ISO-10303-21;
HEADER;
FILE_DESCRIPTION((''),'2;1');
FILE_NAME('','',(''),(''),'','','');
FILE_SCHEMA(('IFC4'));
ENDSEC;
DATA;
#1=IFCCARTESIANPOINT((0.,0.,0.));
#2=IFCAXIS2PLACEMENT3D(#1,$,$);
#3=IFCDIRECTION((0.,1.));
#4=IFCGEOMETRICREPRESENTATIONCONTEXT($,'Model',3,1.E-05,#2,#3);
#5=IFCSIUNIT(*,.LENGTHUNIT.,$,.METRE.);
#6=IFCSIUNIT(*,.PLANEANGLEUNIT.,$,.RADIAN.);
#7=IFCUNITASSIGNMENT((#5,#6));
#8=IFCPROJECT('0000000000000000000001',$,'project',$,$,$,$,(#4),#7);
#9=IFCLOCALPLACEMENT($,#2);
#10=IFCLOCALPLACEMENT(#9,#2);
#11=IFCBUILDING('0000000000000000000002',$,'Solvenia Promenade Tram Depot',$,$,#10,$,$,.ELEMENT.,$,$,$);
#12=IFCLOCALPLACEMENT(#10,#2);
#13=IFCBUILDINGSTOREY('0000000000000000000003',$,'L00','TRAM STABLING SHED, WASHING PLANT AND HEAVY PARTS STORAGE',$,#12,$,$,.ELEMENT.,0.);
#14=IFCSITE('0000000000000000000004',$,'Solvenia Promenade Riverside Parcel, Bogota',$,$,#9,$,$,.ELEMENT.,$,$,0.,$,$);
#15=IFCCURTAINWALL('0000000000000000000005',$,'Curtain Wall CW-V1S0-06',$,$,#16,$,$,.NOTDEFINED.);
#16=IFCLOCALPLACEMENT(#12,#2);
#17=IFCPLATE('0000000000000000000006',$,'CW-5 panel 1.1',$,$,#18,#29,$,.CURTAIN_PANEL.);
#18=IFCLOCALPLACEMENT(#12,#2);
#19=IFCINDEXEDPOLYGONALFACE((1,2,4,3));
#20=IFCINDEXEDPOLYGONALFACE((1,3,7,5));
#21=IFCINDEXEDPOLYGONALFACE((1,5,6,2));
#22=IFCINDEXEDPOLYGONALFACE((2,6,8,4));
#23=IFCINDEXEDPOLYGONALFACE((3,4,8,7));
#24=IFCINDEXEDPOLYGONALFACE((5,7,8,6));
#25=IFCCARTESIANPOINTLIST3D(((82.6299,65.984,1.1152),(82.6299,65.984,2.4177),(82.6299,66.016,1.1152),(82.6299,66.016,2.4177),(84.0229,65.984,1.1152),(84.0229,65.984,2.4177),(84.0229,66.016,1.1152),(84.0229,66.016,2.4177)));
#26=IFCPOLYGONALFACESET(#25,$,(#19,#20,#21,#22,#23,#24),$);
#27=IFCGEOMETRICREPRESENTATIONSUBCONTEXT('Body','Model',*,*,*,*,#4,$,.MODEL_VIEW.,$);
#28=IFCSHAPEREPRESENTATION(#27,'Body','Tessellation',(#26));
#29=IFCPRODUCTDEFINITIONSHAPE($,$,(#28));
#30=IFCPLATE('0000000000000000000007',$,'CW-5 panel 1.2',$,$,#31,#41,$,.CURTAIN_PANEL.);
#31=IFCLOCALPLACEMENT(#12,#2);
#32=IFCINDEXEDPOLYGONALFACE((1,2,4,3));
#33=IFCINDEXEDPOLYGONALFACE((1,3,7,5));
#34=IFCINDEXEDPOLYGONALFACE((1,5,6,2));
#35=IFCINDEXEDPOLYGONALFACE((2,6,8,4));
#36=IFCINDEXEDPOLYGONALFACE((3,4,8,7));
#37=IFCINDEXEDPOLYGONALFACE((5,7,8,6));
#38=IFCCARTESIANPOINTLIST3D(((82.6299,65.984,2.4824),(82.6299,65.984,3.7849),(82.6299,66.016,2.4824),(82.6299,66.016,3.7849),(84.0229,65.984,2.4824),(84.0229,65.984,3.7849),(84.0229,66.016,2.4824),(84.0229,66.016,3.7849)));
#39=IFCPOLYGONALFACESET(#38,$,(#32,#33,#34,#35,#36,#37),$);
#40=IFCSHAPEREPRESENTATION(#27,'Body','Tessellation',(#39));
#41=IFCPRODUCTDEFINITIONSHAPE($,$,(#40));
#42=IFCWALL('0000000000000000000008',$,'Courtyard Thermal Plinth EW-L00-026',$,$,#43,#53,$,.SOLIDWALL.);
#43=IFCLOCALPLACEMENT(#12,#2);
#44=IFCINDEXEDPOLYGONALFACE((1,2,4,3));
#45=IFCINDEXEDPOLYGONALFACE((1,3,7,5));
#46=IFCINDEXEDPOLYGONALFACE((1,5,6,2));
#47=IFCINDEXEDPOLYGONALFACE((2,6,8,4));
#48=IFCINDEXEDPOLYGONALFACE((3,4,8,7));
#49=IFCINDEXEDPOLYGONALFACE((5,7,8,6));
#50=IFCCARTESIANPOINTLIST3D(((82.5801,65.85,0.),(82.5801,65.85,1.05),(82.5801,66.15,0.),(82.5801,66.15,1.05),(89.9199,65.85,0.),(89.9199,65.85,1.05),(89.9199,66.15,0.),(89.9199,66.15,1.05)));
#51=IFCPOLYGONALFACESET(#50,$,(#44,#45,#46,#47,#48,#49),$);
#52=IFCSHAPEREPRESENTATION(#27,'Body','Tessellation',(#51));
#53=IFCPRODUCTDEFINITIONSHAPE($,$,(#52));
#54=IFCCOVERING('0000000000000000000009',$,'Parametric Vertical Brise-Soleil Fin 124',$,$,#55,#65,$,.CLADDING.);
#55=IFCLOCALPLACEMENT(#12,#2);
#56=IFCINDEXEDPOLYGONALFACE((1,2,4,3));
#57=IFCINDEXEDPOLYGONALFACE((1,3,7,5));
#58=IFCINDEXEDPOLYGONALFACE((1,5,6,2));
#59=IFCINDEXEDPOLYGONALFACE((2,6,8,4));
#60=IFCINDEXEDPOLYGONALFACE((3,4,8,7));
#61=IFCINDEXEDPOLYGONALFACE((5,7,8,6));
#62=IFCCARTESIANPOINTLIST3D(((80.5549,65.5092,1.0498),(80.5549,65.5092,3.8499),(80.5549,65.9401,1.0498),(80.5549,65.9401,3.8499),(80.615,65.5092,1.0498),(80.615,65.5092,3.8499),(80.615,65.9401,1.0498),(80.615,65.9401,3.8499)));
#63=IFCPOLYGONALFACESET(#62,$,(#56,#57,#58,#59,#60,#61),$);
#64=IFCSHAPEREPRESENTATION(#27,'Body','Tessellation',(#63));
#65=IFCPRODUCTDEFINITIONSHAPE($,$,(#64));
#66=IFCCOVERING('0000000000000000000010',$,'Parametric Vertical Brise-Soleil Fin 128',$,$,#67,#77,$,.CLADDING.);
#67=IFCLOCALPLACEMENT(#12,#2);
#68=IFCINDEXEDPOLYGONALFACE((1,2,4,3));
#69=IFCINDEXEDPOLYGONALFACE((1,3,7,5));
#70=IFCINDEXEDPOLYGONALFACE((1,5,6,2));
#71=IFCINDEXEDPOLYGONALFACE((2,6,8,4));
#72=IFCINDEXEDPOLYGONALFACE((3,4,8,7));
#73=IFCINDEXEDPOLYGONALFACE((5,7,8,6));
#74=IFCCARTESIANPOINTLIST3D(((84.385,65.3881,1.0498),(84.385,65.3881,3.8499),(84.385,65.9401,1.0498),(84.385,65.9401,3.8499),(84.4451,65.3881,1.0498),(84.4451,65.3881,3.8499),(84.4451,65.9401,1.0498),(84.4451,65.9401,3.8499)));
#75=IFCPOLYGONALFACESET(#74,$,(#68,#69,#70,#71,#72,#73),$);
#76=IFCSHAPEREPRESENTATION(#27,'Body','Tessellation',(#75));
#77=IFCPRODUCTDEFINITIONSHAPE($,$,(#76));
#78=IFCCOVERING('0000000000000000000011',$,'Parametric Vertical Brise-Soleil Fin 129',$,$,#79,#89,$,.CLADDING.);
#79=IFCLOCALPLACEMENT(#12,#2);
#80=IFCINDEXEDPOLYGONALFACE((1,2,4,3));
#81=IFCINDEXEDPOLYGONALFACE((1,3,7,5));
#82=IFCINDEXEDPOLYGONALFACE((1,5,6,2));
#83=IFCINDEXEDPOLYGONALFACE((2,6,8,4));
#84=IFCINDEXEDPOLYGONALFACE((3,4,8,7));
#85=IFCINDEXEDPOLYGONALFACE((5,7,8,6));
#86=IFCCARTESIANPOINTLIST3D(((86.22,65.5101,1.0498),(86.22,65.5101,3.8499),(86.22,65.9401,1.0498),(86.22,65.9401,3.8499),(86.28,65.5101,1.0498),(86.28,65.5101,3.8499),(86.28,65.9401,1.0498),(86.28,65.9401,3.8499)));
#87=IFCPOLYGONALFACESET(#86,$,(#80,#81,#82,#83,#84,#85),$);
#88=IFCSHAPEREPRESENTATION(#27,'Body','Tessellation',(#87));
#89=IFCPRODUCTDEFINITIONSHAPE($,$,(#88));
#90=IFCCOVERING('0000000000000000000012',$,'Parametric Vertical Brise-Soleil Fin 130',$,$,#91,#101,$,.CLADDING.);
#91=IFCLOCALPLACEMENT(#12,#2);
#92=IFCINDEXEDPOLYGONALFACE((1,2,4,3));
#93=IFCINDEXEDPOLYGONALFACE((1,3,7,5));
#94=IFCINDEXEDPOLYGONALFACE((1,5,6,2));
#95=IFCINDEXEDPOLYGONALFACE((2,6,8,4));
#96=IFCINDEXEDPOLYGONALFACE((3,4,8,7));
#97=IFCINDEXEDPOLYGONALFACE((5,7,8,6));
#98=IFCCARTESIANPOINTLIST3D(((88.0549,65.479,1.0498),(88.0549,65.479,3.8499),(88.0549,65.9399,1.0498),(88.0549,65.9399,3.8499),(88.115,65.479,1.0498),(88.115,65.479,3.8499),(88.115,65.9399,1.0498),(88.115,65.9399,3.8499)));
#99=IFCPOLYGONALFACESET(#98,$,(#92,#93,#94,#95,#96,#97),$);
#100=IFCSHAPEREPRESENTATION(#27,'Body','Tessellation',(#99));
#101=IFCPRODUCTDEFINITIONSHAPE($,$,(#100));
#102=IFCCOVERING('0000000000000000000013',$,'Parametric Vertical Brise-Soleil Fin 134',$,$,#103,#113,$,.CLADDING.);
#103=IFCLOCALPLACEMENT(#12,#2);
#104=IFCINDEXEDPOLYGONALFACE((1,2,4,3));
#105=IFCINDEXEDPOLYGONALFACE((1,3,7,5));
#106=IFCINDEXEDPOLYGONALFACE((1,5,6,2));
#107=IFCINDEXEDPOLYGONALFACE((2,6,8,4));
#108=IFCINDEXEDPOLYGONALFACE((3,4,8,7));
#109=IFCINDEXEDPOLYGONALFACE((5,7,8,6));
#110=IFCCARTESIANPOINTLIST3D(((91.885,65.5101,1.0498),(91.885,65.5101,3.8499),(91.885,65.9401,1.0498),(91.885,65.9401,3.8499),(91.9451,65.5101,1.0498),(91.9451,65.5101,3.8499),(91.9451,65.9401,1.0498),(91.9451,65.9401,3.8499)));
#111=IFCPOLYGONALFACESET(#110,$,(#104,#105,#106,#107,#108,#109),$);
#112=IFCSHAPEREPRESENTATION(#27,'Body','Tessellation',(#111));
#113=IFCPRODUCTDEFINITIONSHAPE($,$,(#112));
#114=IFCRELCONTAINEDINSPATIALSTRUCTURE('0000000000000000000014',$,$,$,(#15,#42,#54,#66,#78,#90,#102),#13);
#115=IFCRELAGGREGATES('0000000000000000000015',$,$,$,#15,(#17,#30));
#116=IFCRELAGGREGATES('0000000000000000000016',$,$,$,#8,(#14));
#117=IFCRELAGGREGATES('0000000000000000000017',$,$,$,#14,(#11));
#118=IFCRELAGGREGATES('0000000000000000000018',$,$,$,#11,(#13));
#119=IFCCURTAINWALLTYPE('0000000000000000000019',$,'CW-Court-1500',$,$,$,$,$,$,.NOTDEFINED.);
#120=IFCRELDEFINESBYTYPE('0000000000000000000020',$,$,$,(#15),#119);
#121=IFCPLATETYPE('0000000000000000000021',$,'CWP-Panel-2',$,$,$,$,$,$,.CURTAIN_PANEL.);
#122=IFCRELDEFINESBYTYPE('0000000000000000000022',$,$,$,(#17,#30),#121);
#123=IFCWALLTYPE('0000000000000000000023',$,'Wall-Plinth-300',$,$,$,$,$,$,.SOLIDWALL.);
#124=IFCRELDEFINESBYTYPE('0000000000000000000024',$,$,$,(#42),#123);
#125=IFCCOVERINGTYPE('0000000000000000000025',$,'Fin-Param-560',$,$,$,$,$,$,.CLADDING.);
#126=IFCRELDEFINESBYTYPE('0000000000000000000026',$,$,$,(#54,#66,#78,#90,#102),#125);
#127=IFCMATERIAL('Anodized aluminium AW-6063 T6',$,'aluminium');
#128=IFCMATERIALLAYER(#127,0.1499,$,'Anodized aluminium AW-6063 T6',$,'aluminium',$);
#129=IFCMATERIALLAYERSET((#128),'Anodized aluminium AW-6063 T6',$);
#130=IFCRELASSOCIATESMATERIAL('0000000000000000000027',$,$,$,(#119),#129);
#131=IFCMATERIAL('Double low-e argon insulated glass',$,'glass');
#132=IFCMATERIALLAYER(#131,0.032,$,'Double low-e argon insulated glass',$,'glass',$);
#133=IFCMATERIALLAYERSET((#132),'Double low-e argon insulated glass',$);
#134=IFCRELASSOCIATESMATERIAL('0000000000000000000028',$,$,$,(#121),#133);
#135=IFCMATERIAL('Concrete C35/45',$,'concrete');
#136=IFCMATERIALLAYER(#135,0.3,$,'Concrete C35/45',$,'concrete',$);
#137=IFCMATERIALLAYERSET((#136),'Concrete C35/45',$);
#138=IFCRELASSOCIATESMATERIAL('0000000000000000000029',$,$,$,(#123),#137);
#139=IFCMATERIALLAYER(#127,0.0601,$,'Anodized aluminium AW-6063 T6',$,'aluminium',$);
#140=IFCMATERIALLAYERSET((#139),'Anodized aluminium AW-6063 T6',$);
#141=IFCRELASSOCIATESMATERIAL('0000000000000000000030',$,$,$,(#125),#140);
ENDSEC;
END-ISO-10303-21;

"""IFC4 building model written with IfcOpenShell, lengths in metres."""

from ifc_helpers import new_model, si_unit, direction, frame, frame_2d, origin, origin_2d, place, context, subcontext, project, spatial, rectangle, extrude, material, layer, layer_set, type_object, element, aggregate, save


model = new_model("IFC4")

# Units and contexts
model_context = context("Model", 3, precision=1e-05, world=origin(), true_north=direction((0.0, 1.0)))
body_context = subcontext(model_context, "Body", "Model", "MODEL_VIEW")
ifc_project = project(units=[si_unit("LENGTHUNIT", "METRE"), si_unit("PLANEANGLEUNIT", "RADIAN")], contexts=[model_context])

# Site, building, storey
site_placement = place(None, origin())
site = spatial("IfcSite", under=ifc_project, at=site_placement, Name="Solvenia Promenade Riverside Parcel, Bogota", CompositionType="ELEMENT", RefElevation=0.0)
building_placement = place(site_placement, origin())
building = spatial("IfcBuilding", under=site, at=building_placement, Name="Solvenia Promenade Tram Depot", CompositionType="ELEMENT")
storey_placement = place(building_placement, origin())
storey = spatial("IfcBuildingStorey", under=building, at=storey_placement, Name="L00", Description="TRAM STABLING SHED, WASHING PLANT AND HEAVY PARTS STORAGE", CompositionType="ELEMENT", Elevation=0.0)

# Curtain wall
ifc_material_1 = material(Name="Anodized aluminium AW-6063 T6", Category="aluminium")
ifc_layer_1 = layer(ifc_material_1, 0.1499, Name="Anodized aluminium AW-6063 T6", Category="aluminium")
ifc_layer_set_1 = layer_set([ifc_layer_1], Name="Anodized aluminium AW-6063 T6")
curtain_wall_type = type_object("IfcCurtainWallType", Name="CW-Court-1500", PredefinedType="NOTDEFINED", material=ifc_layer_set_1)
curtain_wall_1_placement = place(storey_placement, origin())
curtain_wall_1 = element("IfcCurtainWall", 1, at=curtain_wall_1_placement, inside=storey, type_object=curtain_wall_type, Name="Curtain Wall CW-V1S0-06", PredefinedType="NOTDEFINED")

# Plates
ifc_material_2 = material(Name="Double low-e argon insulated glass", Category="glass")
ifc_layer_2 = layer(ifc_material_2, 0.032, Name="Double low-e argon insulated glass", Category="glass")
ifc_layer_set_2 = layer_set([ifc_layer_2], Name="Double low-e argon insulated glass")
plate_type = type_object("IfcPlateType", Name="CWP-Panel-2", PredefinedType="CURTAIN_PANEL", material=ifc_layer_set_2)
plate_1_placement = place(storey_placement, frame((83.3264, 66.0, 1.1152), z_axis=(0.0, 0.0, 1.0), x_axis=(1.0, 0.0, 0.0)))
plate_1 = element("IfcPlate", 2, at=plate_1_placement, type_object=plate_type, Name="CW-5 panel 1.1", PredefinedType="CURTAIN_PANEL", context=body_context, shape_type="SweptSolid", body=[
    extrude(rectangle(XDim=1.3931, YDim=0.032, at=origin_2d()), origin(), (0.0, 0.0, 1.0), 1.3025),
])
plate_2_placement = place(storey_placement, frame((83.3264, 66.0, 2.4824), z_axis=(0.0, 0.0, 1.0), x_axis=(1.0, 0.0, 0.0)))
plate_2 = element("IfcPlate", 3, at=plate_2_placement, type_object=plate_type, Name="CW-5 panel 1.2", PredefinedType="CURTAIN_PANEL", context=body_context, shape_type="SweptSolid", body=[
    extrude(rectangle(XDim=1.3931, YDim=0.032, at=origin_2d()), origin(), (0.0, 0.0, 1.0), 1.3025),
])
aggregate(curtain_wall_1, [plate_1, plate_2])

# Wall
ifc_material_3 = material(Name="Concrete C35/45", Category="concrete")
ifc_layer_3 = layer(ifc_material_3, 0.3, Name="Concrete C35/45", Category="concrete")
ifc_layer_set_3 = layer_set([ifc_layer_3], Name="Concrete C35/45")
wall_type = type_object("IfcWallType", Name="Wall-Plinth-300", PredefinedType="SOLIDWALL", material=ifc_layer_set_3)
wall_placement = place(storey_placement, frame((82.5801, 66.0, 0.0), z_axis=(0.0, 0.0, 1.0), x_axis=(1.0, 0.0, 0.0)))
element("IfcWall", 4, at=wall_placement, inside=storey, type_object=wall_type, Name="Courtyard Thermal Plinth EW-L00-026", PredefinedType="SOLIDWALL", context=body_context, shape_type="SweptSolid", body=[
    extrude(rectangle(XDim=7.3398, YDim=0.3, at=frame_2d((3.6699, 0.0))), origin(), (0.0, 0.0, 1.0), 1.05),
])

# Coverings
ifc_layer_4 = layer(ifc_material_1, 0.0601, Name="Anodized aluminium AW-6063 T6", Category="aluminium")
ifc_layer_set_4 = layer_set([ifc_layer_4], Name="Anodized aluminium AW-6063 T6")
covering_type = type_object("IfcCoveringType", Name="Fin-Param-560", PredefinedType="CLADDING", material=ifc_layer_set_4)
covering_1_placement = place(storey_placement, frame((80.585, 65.7246, 1.0498), z_axis=(0.0, 0.0, 1.0), x_axis=(1.0, 0.0, 0.0)))
element("IfcCovering", 5, at=covering_1_placement, inside=storey, type_object=covering_type, Name="Parametric Vertical Brise-Soleil Fin 124", PredefinedType="CLADDING", context=body_context, shape_type="SweptSolid", body=[
    extrude(rectangle(XDim=0.0601, YDim=0.4309, at=origin_2d()), origin(), (0.0, 0.0, 1.0), 2.8),
])
covering_2_placement = place(storey_placement, frame((84.415, 65.6641, 1.0498), z_axis=(0.0, 0.0, 1.0), x_axis=(1.0, 0.0, 0.0)))
element("IfcCovering", 6, at=covering_2_placement, inside=storey, type_object=covering_type, Name="Parametric Vertical Brise-Soleil Fin 128", PredefinedType="CLADDING", context=body_context, shape_type="SweptSolid", body=[
    extrude(rectangle(XDim=0.0601, YDim=0.552, at=origin_2d()), origin(), (0.0, 0.0, 1.0), 2.8),
])
covering_3_placement = place(storey_placement, frame((86.25, 65.7251, 1.0498), z_axis=(0.0, 0.0, 1.0), x_axis=(1.0, 0.0, 0.0)))
element("IfcCovering", 7, at=covering_3_placement, inside=storey, type_object=covering_type, Name="Parametric Vertical Brise-Soleil Fin 129", PredefinedType="CLADDING", context=body_context, shape_type="SweptSolid", body=[
    extrude(rectangle(XDim=0.0601, YDim=0.4299, at=origin_2d()), origin(), (0.0, 0.0, 1.0), 2.8),
])
covering_4_placement = place(storey_placement, frame((88.085, 65.7095, 1.0498), z_axis=(0.0, 0.0, 1.0), x_axis=(1.0, 0.0, 0.0)))
element("IfcCovering", 8, at=covering_4_placement, inside=storey, type_object=covering_type, Name="Parametric Vertical Brise-Soleil Fin 130", PredefinedType="CLADDING", context=body_context, shape_type="SweptSolid", body=[
    extrude(rectangle(XDim=0.0601, YDim=0.4609, at=origin_2d()), origin(), (0.0, 0.0, 1.0), 2.8),
])
covering_5_placement = place(storey_placement, frame((91.915, 65.7251, 1.0498), z_axis=(0.0, 0.0, 1.0), x_axis=(1.0, 0.0, 0.0)))
element("IfcCovering", 9, at=covering_5_placement, inside=storey, type_object=covering_type, Name="Parametric Vertical Brise-Soleil Fin 134", PredefinedType="CLADDING", context=body_context, shape_type="SweptSolid", body=[
    extrude(rectangle(XDim=0.0601, YDim=0.4299, at=origin_2d()), origin(), (0.0, 0.0, 1.0), 2.8),
])

save(model, "model.ifc")
